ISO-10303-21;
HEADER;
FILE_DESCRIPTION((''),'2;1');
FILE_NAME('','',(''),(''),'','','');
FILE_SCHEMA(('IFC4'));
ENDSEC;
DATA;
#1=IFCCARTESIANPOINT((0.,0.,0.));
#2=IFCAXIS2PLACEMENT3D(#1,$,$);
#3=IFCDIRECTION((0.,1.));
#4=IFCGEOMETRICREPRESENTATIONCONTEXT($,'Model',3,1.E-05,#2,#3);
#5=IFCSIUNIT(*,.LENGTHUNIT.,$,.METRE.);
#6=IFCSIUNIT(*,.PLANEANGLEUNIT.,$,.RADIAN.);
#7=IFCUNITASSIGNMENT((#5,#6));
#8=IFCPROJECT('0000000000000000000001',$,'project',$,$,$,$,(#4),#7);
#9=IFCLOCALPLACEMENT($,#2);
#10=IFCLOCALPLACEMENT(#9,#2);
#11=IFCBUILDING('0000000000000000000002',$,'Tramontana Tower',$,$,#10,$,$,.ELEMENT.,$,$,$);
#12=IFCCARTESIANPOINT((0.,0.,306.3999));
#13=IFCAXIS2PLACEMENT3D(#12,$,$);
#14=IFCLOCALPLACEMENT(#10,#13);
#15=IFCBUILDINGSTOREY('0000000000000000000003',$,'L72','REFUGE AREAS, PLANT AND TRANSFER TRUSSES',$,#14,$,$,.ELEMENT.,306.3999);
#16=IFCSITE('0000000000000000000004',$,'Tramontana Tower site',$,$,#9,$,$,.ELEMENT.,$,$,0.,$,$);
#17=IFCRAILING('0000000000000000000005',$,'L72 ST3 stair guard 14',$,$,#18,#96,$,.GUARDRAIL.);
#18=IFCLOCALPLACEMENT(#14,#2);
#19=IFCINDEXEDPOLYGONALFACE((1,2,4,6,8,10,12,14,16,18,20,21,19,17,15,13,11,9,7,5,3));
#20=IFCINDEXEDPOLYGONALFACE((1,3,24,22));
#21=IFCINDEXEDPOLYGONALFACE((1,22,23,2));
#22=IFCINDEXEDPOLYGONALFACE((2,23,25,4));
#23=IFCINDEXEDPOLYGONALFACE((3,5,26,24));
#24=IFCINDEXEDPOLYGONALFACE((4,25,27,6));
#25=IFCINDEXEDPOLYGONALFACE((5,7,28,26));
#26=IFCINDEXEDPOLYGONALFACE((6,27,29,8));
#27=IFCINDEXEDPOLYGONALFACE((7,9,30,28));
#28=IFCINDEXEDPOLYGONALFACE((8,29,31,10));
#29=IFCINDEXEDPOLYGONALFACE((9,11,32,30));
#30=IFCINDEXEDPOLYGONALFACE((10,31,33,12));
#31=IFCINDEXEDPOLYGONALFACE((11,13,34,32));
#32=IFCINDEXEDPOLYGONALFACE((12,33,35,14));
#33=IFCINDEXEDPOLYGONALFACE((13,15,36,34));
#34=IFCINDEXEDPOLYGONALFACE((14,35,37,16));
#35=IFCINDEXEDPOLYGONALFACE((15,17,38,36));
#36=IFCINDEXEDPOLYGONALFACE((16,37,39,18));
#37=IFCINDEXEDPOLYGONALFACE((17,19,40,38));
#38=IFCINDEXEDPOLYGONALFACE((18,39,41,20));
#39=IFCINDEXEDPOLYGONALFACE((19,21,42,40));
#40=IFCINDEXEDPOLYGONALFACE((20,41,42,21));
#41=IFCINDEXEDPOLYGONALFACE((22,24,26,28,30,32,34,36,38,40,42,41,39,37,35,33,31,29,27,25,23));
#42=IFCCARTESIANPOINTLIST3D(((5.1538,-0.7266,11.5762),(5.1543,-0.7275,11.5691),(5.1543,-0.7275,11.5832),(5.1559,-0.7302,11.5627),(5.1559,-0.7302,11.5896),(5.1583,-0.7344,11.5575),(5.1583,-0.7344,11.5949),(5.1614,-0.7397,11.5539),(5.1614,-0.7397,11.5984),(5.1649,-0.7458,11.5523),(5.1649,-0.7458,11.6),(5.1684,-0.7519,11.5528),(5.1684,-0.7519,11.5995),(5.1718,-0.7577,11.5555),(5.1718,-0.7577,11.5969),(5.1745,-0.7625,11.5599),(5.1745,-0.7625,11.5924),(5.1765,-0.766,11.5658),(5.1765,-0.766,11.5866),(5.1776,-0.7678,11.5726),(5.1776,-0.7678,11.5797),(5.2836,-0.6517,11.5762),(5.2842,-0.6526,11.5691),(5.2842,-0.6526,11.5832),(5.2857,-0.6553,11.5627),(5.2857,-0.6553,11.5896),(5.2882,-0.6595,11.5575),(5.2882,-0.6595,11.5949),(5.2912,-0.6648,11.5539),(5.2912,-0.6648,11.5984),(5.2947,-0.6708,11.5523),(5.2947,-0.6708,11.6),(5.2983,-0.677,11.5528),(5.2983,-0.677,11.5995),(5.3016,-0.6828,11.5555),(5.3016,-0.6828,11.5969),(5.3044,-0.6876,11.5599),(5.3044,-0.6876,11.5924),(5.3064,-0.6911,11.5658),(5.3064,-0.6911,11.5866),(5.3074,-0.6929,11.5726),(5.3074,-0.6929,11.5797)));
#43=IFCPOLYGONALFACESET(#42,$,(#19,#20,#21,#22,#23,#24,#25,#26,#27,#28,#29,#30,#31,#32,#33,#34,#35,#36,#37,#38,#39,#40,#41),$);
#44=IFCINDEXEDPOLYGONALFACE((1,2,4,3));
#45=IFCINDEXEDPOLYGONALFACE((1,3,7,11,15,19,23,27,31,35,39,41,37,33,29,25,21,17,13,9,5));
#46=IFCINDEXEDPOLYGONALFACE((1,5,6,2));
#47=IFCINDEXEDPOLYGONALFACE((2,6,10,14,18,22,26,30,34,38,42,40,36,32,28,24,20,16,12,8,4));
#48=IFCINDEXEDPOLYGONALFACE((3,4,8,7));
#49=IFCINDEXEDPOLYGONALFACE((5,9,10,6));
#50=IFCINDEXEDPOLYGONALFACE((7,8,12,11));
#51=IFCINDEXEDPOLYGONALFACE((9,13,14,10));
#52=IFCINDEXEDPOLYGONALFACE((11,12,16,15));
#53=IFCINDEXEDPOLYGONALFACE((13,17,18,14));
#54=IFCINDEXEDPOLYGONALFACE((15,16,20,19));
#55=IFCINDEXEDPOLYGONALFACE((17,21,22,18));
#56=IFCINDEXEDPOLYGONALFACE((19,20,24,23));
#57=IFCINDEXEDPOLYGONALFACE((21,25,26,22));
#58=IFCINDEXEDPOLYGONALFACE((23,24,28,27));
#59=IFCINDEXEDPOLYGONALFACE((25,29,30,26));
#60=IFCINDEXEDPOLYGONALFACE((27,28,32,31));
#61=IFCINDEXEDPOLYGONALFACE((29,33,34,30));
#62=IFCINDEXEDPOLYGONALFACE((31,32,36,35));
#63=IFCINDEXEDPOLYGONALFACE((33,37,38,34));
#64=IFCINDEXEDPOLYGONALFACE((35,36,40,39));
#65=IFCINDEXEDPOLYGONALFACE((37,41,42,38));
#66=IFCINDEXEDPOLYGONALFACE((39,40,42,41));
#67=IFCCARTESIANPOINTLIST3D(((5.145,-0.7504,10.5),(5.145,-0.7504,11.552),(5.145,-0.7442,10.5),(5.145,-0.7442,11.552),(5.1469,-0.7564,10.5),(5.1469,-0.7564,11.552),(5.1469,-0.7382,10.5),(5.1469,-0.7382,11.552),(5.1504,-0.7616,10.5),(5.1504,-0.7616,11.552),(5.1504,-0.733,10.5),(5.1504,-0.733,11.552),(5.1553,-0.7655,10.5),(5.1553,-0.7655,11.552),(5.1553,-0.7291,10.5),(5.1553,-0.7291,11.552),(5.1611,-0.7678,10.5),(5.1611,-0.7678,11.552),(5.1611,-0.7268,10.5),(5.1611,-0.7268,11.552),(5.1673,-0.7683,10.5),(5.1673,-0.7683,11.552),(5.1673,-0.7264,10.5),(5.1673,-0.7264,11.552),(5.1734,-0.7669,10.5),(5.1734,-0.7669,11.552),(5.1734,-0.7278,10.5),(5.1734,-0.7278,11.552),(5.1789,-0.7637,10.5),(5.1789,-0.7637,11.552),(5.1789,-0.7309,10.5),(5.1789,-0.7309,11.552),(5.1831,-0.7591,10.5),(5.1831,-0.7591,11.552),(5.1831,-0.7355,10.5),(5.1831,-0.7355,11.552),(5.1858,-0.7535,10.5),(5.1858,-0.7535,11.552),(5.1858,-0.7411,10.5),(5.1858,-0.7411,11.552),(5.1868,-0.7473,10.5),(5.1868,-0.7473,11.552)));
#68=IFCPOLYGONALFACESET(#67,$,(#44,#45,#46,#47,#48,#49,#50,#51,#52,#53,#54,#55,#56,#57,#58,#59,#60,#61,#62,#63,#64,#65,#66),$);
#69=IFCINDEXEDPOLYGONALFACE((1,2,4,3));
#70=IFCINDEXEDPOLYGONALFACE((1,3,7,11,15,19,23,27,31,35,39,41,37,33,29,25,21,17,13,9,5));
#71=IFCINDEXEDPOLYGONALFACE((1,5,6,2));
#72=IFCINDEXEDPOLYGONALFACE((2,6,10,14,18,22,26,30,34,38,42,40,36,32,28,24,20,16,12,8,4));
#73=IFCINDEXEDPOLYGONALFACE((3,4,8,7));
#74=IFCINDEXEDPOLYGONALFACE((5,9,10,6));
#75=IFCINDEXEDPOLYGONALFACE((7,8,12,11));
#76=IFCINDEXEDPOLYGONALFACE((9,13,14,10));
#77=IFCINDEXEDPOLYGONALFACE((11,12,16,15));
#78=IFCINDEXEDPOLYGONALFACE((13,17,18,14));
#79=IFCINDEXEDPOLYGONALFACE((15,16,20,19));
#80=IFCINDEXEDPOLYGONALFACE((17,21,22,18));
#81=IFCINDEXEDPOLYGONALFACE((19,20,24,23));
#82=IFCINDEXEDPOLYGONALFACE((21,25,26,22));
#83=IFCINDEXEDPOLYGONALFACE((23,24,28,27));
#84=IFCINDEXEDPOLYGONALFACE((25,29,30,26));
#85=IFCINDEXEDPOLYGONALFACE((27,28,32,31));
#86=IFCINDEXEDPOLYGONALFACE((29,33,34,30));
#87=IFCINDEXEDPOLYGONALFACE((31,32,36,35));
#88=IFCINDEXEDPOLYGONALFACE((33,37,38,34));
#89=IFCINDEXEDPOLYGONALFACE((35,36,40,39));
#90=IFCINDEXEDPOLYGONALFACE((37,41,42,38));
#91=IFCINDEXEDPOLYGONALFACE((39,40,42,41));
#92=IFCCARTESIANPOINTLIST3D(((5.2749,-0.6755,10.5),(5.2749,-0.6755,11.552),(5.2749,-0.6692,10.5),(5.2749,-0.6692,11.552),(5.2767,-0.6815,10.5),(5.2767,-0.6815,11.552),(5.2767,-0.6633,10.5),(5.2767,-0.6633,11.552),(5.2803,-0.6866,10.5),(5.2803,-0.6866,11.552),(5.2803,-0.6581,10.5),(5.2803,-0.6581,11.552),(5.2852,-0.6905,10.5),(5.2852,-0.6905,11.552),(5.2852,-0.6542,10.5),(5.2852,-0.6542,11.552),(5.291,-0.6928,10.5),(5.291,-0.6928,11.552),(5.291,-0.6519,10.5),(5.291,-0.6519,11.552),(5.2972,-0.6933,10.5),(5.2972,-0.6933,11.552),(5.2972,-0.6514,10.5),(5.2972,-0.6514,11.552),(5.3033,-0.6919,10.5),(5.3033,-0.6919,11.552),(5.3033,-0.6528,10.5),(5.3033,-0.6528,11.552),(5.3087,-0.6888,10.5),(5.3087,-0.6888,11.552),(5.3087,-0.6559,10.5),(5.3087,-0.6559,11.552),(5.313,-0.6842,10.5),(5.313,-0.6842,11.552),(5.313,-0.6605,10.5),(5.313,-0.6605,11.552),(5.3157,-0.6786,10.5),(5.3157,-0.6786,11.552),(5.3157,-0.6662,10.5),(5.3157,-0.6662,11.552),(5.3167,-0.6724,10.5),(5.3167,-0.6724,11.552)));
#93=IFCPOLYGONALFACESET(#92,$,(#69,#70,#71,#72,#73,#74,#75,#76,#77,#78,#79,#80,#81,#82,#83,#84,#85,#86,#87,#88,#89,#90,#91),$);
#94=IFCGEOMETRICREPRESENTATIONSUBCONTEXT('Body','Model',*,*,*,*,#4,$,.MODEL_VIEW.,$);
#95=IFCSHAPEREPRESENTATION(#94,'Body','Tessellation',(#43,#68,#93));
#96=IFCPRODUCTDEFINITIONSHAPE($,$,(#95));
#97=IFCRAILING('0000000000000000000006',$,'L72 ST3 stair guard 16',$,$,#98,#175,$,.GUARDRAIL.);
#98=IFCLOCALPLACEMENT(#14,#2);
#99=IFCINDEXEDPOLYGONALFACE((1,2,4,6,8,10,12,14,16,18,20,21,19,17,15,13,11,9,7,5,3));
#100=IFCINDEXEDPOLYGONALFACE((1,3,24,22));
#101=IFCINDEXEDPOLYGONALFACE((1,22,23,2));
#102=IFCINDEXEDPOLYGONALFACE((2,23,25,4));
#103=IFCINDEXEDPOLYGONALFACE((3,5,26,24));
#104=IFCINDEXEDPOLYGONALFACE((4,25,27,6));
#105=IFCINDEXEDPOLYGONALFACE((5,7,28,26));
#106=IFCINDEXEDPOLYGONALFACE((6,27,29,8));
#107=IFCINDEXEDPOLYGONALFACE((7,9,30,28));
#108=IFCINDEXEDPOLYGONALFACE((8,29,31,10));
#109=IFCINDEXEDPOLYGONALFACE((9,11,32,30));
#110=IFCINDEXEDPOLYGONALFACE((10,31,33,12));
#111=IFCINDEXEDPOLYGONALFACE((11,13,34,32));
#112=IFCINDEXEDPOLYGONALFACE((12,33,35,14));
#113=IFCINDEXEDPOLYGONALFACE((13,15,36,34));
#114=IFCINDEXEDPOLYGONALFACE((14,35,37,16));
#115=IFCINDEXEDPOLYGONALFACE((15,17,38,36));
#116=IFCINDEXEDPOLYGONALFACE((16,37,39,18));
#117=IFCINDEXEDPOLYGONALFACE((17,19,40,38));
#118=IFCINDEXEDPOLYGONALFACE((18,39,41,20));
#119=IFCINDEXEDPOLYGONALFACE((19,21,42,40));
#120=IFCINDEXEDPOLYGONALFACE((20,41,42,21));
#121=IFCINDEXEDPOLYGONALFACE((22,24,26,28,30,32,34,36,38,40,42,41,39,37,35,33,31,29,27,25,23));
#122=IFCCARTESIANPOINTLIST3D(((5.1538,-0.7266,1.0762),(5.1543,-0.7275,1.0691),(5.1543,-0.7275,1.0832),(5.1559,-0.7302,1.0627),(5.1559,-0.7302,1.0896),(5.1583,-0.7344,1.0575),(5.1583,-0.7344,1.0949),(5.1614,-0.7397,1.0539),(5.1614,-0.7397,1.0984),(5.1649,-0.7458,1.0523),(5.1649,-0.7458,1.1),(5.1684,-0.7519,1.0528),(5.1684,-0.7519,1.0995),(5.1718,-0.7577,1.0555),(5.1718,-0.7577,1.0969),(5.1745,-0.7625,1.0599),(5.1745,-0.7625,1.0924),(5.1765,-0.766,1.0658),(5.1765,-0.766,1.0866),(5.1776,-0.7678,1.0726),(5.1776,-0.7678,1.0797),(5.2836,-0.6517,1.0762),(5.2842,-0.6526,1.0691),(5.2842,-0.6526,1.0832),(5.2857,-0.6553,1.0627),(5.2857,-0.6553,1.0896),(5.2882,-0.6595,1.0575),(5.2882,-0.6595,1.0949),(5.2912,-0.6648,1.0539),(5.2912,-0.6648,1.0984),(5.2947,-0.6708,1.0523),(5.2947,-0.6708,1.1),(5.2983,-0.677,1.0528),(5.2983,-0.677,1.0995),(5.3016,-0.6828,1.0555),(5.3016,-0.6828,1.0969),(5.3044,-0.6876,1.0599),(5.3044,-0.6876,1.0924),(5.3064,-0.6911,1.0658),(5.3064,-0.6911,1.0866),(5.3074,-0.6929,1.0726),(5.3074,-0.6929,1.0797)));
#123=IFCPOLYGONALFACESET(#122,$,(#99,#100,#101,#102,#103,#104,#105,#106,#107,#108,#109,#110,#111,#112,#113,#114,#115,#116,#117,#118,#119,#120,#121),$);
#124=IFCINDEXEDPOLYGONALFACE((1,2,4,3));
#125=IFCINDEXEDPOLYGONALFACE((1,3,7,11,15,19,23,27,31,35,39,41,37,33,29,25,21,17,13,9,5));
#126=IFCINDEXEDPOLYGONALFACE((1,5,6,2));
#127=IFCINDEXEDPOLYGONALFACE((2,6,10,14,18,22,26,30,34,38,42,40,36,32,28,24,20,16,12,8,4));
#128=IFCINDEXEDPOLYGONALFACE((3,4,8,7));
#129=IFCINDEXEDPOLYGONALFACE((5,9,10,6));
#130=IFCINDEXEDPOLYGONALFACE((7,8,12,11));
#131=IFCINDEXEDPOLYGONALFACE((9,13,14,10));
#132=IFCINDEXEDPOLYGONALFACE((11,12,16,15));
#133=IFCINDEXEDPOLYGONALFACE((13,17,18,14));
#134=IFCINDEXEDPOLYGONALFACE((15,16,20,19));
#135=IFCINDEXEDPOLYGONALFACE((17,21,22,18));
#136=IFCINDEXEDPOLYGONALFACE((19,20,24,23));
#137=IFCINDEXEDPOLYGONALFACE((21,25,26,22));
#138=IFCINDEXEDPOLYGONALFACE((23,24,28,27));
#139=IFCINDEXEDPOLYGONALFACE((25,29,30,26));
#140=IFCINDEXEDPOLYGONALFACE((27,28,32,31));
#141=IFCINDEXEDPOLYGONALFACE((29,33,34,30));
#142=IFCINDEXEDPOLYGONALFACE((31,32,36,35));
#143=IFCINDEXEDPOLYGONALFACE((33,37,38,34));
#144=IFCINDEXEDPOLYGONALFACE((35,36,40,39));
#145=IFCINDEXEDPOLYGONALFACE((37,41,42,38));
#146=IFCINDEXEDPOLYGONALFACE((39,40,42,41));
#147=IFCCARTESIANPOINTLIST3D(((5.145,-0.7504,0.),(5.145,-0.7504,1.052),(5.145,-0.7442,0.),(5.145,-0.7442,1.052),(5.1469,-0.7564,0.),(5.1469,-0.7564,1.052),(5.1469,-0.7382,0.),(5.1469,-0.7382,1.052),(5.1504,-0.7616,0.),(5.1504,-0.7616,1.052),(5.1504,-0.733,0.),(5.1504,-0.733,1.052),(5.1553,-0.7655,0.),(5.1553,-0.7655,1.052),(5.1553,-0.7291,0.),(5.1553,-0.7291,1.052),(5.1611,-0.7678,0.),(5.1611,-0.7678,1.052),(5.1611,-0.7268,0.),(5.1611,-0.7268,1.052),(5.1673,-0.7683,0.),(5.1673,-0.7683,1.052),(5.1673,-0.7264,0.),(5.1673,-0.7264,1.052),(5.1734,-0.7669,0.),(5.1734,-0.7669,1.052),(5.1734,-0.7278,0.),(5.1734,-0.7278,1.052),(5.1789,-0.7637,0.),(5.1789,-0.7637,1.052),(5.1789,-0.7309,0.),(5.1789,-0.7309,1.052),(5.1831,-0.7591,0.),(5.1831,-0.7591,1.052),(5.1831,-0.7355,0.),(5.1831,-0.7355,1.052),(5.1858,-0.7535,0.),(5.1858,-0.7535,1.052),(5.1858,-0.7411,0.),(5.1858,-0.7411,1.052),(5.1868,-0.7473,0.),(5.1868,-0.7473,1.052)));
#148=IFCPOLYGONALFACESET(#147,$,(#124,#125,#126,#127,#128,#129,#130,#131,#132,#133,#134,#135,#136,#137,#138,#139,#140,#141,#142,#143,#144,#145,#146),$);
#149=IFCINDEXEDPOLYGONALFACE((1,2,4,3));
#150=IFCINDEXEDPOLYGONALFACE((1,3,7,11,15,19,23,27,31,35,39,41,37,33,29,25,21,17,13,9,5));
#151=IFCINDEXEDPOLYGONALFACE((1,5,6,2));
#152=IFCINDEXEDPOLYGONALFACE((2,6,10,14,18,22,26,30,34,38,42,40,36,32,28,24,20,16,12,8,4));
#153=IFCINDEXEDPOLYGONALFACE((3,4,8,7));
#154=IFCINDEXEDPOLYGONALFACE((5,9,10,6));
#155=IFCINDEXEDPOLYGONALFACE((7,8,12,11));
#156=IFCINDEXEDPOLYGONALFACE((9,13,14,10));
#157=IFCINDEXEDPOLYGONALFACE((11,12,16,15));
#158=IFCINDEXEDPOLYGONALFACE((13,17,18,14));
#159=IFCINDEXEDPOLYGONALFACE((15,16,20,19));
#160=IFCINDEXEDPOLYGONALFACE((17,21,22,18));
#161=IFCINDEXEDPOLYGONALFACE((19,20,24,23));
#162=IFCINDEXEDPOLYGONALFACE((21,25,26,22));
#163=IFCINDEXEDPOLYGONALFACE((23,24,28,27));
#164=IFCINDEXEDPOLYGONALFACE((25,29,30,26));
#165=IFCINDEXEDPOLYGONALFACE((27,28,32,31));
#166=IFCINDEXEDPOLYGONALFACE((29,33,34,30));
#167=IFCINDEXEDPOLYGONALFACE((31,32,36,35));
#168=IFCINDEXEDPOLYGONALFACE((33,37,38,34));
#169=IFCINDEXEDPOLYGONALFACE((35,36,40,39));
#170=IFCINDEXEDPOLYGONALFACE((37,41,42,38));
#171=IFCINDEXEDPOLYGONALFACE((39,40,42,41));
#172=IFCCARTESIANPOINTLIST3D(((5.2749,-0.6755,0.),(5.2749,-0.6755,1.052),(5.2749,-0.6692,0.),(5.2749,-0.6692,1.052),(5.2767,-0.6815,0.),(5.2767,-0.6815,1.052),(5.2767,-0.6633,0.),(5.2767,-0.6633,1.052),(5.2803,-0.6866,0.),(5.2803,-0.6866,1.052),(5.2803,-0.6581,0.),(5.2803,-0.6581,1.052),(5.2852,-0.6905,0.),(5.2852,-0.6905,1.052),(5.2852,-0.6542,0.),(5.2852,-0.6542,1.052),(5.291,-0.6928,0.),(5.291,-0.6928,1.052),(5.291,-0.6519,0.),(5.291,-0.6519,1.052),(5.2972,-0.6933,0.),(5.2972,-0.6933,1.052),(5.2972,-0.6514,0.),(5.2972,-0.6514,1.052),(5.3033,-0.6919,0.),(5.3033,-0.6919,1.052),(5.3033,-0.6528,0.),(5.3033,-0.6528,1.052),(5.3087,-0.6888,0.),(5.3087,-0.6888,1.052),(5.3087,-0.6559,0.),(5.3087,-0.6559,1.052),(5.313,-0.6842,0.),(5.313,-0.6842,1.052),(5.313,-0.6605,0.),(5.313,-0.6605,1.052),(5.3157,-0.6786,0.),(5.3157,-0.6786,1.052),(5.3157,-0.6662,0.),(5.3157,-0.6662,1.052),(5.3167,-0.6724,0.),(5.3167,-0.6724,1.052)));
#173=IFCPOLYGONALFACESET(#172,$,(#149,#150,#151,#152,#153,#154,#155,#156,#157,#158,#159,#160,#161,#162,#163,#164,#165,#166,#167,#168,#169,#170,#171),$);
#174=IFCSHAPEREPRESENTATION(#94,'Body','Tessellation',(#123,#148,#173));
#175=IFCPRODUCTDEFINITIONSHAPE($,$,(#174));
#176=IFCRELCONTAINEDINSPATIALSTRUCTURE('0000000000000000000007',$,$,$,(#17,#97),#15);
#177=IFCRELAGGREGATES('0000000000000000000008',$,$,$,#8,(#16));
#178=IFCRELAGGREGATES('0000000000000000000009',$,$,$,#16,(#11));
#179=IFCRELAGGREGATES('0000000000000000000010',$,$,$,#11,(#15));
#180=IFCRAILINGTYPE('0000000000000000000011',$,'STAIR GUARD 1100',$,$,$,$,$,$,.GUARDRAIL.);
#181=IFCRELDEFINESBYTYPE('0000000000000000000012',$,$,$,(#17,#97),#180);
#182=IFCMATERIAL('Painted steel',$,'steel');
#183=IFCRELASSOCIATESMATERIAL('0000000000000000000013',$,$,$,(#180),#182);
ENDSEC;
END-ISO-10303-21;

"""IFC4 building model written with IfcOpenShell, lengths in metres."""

from ifc_helpers import new_model, si_unit, direction, frame, origin, origin_2d, place, context, subcontext, project, spatial, circle, extrude, material, type_object, element, save


model = new_model("IFC4")

# Units and contexts
model_context = context("Model", 3, precision=1e-05, world=origin(), true_north=direction((0.0, 1.0)))
body_context = subcontext(model_context, "Body", "Model", "MODEL_VIEW")
ifc_project = project(units=[si_unit("LENGTHUNIT", "METRE"), si_unit("PLANEANGLEUNIT", "RADIAN")], contexts=[model_context])

# Site, building, storey
site_placement = place(None, origin())
site = spatial("IfcSite", under=ifc_project, at=site_placement, Name="Tramontana Tower site", CompositionType="ELEMENT", RefElevation=0.0)
building_placement = place(site_placement, origin())
building = spatial("IfcBuilding", under=site, at=building_placement, Name="Tramontana Tower", CompositionType="ELEMENT")
storey_placement = place(building_placement, frame((0.0, 0.0, 306.3999)))
storey = spatial("IfcBuildingStorey", under=building, at=storey_placement, Name="L72", Description="REFUGE AREAS, PLANT AND TRANSFER TRUSSES", CompositionType="ELEMENT", Elevation=306.3999)

# Railings
ifc_material_1 = material(Name="Painted steel", Category="steel")
railing_type_1 = type_object("IfcRailingType", Name="STAIR GUARD 1100", PredefinedType="GUARDRAIL", material=ifc_material_1)
for number, where, name in (
    (1, (5.1658, -0.7473, 10.5), "L72 ST3 stair guard 14"),
    (2, (5.1658, -0.7473, 0.0), "L72 ST3 stair guard 16"),
):
    element("IfcRailing", number, at=place(storey_placement, frame(where)), inside=storey, type_object=railing_type_1, Name=name, PredefinedType="GUARDRAIL", context=body_context, shape_type="SweptSolid", body=[
        extrude(circle(Radius=0.0239, at=origin_2d()), frame((0.0, 0.0, 1.0762), z_axis=(0.866131, 0.499816, 0.0), x_axis=(-0.499816, 0.866131, 0.0)), (0.0, 0.0, 1.0), 0.1499),
        extrude(circle(Radius=0.021, at=origin_2d()), origin(), (0.0, 0.0, 1.0), 1.052),
        extrude(circle(Radius=0.021, at=origin_2d()), frame((0.1299, 0.075, 0.0)), (0.0, 0.0, 1.0), 1.052),
    ])

save(model, "model.ifc")
